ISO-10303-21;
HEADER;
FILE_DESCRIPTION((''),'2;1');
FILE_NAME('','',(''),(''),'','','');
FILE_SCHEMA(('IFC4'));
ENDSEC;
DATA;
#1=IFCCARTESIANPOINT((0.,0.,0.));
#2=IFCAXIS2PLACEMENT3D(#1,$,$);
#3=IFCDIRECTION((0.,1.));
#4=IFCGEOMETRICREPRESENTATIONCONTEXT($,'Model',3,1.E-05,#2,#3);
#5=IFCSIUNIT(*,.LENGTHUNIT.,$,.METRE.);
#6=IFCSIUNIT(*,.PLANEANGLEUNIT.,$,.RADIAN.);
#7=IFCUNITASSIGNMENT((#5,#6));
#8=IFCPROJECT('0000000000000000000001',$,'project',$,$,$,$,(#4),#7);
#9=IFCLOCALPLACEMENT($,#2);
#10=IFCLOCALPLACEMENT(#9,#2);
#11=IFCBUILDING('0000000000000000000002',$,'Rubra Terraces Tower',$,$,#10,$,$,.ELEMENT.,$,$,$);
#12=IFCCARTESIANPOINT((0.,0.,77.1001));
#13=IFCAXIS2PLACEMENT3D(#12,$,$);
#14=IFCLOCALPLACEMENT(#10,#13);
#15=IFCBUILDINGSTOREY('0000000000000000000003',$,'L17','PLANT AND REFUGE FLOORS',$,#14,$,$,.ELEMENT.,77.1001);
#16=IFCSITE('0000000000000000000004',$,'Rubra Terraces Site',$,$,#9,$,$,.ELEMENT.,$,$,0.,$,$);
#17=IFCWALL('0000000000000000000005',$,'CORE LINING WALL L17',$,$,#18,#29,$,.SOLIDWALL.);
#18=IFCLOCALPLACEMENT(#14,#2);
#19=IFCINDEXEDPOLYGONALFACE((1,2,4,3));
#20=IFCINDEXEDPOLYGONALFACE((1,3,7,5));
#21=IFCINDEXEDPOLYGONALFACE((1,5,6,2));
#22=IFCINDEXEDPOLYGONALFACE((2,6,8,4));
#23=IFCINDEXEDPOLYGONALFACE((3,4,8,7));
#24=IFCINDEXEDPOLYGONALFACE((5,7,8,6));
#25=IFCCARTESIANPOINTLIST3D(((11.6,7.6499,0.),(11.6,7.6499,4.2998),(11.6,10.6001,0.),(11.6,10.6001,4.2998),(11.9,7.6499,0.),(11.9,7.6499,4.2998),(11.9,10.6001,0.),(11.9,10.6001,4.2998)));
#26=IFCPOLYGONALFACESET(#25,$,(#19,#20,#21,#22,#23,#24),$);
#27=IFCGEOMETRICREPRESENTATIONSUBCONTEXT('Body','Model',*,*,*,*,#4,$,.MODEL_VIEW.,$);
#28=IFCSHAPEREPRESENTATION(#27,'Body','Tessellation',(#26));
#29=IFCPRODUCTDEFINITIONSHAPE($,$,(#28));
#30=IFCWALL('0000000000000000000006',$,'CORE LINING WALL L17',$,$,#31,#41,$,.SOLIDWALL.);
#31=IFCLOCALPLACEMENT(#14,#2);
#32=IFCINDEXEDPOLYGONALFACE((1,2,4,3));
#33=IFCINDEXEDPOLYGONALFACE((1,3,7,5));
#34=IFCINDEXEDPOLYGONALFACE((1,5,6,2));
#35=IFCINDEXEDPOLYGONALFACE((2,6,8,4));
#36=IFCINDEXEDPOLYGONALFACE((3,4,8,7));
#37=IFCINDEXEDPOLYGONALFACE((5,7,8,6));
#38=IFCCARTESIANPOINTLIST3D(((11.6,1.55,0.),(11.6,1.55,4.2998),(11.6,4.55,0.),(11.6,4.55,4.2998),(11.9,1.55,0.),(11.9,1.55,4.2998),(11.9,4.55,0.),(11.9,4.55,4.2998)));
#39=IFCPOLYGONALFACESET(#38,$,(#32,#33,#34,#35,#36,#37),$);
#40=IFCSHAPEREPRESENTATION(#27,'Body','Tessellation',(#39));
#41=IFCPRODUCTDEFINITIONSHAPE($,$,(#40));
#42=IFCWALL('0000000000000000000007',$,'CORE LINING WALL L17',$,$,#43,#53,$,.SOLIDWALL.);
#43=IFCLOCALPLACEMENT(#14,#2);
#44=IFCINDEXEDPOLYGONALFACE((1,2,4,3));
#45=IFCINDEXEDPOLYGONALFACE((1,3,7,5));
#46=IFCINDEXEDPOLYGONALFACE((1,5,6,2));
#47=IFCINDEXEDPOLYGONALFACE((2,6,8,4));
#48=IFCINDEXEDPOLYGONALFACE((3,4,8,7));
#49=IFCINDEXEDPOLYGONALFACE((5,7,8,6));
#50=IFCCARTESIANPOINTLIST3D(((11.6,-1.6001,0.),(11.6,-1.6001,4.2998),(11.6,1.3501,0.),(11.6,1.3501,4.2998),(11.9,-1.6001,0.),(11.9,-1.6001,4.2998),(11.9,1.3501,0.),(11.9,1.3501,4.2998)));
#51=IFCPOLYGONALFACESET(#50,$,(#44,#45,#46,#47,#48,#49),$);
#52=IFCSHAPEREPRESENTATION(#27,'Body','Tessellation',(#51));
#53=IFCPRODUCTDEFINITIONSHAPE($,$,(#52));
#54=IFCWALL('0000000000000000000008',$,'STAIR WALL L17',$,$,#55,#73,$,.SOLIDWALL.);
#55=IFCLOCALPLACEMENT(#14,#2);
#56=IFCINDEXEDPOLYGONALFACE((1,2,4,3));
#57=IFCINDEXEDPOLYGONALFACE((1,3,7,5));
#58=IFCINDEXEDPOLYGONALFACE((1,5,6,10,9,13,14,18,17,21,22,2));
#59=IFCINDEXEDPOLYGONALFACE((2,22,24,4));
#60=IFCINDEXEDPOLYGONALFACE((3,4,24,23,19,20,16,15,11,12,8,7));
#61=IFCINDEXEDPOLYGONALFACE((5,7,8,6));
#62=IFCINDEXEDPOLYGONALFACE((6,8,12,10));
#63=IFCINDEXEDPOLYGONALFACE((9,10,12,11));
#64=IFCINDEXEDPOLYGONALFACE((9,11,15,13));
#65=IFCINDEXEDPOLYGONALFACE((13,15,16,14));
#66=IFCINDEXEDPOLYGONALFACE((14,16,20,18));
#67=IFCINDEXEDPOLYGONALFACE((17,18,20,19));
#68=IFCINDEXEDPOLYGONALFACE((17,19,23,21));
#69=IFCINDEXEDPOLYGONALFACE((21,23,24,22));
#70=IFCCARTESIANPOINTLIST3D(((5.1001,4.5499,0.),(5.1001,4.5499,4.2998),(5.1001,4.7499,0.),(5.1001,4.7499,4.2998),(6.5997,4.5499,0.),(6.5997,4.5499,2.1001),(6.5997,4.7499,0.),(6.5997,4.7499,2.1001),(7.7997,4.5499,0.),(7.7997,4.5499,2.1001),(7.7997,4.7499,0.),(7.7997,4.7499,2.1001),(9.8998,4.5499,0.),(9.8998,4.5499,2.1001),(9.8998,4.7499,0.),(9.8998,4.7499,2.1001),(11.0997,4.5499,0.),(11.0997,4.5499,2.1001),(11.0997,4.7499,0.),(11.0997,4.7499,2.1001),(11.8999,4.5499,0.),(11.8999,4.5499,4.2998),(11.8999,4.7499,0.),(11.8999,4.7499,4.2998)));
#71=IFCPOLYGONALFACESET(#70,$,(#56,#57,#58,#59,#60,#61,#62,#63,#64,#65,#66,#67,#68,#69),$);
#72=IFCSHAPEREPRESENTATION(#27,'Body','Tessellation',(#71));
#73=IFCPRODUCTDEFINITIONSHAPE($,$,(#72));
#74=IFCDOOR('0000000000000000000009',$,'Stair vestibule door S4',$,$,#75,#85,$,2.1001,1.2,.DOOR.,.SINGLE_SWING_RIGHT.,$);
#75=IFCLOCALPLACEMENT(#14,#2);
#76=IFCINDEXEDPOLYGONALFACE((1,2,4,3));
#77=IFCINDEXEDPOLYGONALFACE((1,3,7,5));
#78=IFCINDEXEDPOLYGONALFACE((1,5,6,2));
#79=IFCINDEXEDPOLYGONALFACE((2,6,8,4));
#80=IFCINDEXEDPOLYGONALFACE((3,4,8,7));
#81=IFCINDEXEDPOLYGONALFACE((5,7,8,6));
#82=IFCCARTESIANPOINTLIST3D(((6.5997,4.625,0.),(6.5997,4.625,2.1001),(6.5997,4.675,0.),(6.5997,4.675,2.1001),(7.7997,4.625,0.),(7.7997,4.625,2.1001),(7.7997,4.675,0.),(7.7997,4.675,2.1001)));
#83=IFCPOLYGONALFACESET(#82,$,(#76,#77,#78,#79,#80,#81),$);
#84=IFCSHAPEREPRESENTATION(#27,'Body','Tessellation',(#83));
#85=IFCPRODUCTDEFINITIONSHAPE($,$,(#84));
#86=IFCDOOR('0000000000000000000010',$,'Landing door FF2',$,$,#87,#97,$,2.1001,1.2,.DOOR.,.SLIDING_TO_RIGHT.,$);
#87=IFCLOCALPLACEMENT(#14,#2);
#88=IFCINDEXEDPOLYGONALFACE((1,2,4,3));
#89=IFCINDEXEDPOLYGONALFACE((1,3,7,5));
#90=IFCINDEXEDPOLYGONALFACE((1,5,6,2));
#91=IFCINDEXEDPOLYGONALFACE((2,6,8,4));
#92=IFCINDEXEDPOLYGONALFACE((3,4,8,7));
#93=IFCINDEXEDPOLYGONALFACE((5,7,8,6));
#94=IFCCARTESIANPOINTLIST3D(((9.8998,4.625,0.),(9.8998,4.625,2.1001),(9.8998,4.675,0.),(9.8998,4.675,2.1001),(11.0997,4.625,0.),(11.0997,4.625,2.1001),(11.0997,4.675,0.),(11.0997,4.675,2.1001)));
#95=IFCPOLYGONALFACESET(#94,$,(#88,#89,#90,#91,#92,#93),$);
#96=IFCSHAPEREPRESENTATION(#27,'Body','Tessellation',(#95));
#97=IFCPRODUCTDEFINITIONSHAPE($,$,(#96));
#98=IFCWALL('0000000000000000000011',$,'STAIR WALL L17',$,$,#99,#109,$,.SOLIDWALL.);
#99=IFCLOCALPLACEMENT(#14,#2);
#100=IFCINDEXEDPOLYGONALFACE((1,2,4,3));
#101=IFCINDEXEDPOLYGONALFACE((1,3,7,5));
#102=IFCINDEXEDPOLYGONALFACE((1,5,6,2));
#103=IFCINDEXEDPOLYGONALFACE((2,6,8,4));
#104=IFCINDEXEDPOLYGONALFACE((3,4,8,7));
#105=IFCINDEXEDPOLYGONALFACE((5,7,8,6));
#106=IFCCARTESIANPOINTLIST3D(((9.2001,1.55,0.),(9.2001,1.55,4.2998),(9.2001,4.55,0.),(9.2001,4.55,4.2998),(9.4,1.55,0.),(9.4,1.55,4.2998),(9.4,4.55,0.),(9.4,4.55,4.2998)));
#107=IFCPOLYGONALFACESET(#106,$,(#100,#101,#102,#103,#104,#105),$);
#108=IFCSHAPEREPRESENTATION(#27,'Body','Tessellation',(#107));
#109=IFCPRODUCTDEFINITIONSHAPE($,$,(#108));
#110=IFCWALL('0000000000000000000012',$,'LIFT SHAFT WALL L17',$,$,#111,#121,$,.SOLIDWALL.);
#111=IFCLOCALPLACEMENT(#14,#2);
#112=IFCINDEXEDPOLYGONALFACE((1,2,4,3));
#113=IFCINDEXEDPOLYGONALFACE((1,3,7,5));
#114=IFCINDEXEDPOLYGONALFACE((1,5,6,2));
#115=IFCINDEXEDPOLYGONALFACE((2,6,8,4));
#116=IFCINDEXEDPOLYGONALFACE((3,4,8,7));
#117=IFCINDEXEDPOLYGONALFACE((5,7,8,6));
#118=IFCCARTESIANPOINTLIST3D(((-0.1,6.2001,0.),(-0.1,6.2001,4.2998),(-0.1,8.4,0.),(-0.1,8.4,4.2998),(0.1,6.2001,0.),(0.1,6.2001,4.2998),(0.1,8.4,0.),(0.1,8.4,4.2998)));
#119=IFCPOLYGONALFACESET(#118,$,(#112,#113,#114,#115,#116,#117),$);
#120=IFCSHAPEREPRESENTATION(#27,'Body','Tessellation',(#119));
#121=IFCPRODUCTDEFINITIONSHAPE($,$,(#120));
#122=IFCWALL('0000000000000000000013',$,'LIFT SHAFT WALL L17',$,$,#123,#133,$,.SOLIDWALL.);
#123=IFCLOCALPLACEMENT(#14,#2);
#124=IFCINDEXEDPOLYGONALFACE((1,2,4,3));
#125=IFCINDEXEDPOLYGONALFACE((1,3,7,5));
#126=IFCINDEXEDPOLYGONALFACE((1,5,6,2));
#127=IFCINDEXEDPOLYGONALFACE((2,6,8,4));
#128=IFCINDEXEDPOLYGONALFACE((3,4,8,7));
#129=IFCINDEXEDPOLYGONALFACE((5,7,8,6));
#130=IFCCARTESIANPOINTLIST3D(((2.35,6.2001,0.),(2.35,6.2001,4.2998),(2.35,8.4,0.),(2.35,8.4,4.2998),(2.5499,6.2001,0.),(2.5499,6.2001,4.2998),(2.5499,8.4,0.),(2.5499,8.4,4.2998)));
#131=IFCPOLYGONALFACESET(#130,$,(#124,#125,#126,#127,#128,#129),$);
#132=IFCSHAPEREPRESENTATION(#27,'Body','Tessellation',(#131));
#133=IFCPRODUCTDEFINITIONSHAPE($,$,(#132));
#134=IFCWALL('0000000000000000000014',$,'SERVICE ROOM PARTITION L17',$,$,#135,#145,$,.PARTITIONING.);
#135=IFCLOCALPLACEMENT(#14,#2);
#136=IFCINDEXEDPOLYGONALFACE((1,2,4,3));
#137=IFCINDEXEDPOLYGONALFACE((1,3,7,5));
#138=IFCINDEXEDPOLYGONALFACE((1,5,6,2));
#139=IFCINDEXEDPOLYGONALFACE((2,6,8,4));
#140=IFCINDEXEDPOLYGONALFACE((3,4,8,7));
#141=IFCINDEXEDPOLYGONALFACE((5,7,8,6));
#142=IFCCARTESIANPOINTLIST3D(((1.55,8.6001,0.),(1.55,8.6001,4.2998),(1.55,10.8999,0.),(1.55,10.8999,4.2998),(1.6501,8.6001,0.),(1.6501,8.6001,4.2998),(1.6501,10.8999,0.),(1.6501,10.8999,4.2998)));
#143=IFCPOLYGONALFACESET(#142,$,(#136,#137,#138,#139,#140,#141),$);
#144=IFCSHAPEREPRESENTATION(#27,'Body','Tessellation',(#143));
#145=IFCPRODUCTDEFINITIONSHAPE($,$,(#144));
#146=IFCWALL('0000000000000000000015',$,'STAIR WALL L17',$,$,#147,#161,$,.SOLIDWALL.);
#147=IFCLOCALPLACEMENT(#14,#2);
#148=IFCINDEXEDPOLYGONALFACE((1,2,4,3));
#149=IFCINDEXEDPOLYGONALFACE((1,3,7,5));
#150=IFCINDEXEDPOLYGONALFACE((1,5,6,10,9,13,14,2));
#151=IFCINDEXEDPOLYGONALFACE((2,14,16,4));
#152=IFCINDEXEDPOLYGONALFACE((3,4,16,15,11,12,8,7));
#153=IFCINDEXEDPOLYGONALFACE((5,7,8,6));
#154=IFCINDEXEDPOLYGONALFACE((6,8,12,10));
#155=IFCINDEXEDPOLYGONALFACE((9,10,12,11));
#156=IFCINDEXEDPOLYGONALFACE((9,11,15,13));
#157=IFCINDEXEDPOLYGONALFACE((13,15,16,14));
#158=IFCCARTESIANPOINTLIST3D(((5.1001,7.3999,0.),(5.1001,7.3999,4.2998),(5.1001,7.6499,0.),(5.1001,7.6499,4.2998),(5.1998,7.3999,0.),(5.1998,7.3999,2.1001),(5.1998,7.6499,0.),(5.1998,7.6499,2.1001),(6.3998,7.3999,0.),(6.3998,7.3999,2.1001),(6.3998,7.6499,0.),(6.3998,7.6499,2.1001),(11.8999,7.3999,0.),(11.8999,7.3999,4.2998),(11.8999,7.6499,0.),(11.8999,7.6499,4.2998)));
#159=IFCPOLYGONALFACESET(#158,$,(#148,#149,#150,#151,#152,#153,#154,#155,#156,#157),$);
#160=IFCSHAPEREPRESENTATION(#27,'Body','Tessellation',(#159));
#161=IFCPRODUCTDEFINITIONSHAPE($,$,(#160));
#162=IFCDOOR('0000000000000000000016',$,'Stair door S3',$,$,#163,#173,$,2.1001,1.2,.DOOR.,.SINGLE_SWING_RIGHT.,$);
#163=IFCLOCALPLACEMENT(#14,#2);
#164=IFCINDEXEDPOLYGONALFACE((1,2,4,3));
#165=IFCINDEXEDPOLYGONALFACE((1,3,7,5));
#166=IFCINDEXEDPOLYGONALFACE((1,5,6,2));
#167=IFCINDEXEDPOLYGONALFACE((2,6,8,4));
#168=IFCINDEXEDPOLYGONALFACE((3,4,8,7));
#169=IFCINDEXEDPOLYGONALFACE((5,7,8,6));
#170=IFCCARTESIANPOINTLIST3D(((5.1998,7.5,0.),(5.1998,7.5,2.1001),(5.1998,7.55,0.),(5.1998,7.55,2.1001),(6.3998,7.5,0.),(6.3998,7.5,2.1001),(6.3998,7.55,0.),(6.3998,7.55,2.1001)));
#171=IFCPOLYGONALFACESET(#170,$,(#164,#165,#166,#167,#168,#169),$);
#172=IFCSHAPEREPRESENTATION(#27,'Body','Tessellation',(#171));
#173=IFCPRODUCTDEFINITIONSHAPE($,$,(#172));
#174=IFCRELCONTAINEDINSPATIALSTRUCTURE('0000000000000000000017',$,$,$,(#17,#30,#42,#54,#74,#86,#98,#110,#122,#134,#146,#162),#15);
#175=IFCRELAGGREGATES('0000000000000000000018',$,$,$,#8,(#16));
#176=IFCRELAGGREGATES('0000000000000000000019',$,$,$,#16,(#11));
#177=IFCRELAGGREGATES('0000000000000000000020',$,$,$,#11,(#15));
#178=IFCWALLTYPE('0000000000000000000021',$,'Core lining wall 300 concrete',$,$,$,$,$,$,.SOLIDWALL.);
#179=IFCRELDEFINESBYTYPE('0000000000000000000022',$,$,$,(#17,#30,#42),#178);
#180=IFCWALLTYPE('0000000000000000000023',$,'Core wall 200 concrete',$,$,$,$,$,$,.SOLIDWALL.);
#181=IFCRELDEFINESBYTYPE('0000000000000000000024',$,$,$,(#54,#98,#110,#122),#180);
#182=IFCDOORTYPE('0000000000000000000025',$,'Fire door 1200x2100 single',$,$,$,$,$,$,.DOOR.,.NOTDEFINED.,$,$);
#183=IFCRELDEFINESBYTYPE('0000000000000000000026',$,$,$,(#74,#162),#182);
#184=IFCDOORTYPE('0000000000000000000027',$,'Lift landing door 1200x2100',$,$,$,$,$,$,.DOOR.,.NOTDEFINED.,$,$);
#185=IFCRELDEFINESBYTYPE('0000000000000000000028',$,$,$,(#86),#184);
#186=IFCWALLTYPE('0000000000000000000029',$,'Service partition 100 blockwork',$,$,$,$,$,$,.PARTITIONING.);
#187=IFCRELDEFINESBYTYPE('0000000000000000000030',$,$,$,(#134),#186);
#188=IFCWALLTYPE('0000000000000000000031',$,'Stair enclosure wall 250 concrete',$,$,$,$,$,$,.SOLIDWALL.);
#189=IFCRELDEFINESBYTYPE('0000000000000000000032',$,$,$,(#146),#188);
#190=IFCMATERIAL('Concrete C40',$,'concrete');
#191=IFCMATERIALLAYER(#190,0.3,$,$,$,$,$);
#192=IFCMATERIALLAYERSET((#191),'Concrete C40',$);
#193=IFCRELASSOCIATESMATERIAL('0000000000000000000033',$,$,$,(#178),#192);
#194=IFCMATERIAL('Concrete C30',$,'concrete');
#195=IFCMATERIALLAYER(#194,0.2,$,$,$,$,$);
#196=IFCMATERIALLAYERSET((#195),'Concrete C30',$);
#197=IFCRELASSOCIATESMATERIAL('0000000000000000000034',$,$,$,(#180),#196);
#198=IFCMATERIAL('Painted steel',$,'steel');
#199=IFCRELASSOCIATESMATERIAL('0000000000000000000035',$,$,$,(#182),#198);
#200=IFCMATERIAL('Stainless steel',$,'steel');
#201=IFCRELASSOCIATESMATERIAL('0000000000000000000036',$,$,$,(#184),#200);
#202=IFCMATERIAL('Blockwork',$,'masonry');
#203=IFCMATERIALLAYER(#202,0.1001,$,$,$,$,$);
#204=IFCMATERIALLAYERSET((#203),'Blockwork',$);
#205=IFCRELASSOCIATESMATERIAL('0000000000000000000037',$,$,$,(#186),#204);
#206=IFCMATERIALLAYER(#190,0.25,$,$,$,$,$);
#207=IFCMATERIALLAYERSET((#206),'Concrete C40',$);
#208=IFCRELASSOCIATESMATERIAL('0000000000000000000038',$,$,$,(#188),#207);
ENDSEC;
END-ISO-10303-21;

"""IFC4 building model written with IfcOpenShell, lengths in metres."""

from ifc_helpers import new_model, si_unit, direction, frame, frame_2d, origin, place, context, subcontext, project, spatial, rectangle, extrude, material, layer, layer_set, type_object, element, fill, save


model = new_model("IFC4")

# Units and contexts
model_context = context("Model", 3, precision=1e-05, world=origin(), true_north=direction((0.0, 1.0)))
body_context = subcontext(model_context, "Body", "Model", "MODEL_VIEW")
ifc_project = project(units=[si_unit("LENGTHUNIT", "METRE"), si_unit("PLANEANGLEUNIT", "RADIAN")], contexts=[model_context])

# Site, building, storey
site_placement = place(None, origin())
site = spatial("IfcSite", under=ifc_project, at=site_placement, Name="Rubra Terraces Site", CompositionType="ELEMENT", RefElevation=0.0)
building_placement = place(site_placement, origin())
building = spatial("IfcBuilding", under=site, at=building_placement, Name="Rubra Terraces Tower", CompositionType="ELEMENT")
storey_placement = place(building_placement, frame((0.0, 0.0, 77.1001)))
storey = spatial("IfcBuildingStorey", under=building, at=storey_placement, Name="L17", Description="PLANT AND REFUGE FLOORS", CompositionType="ELEMENT", Elevation=77.1001)

# Walls
ifc_material_1 = material(Name="Concrete C40", Category="concrete")
ifc_layer_1 = layer(ifc_material_1, 0.3)
ifc_layer_set_1 = layer_set([ifc_layer_1], Name="Concrete C40")
wall_type_1 = type_object("IfcWallType", Name="Core lining wall 300 concrete", PredefinedType="SOLIDWALL", material=ifc_layer_set_1)
wall_1_placement = place(storey_placement, frame((11.75, 10.6001, 0.0), z_axis=(0.0, 0.0, 1.0), x_axis=(0.0, -1.0, 0.0)))
element("IfcWall", 1, at=wall_1_placement, inside=storey, type_object=wall_type_1, Name="CORE LINING WALL L17", PredefinedType="SOLIDWALL", context=body_context, shape_type="SweptSolid", body=[
    extrude(rectangle(XDim=2.9502, YDim=0.3, at=frame_2d((1.4751, 0.0))), origin(), (0.0, 0.0, 1.0), 4.2998),
])
wall_2_placement = place(storey_placement, frame((11.75, 4.55, 0.0), z_axis=(0.0, 0.0, 1.0), x_axis=(0.0, -1.0, 0.0)))
element("IfcWall", 2, at=wall_2_placement, inside=storey, type_object=wall_type_1, Name="CORE LINING WALL L17", PredefinedType="SOLIDWALL", context=body_context, shape_type="SweptSolid", body=[
    extrude(rectangle(XDim=3.0, YDim=0.3, at=frame_2d((1.5, 0.0))), origin(), (0.0, 0.0, 1.0), 4.2998),
])
wall_3_placement = place(storey_placement, frame((11.75, 1.3501, 0.0), z_axis=(0.0, 0.0, 1.0), x_axis=(0.0, -1.0, 0.0)))
element("IfcWall", 3, at=wall_3_placement, inside=storey, type_object=wall_type_1, Name="CORE LINING WALL L17", PredefinedType="SOLIDWALL", context=body_context, shape_type="SweptSolid", body=[
    extrude(rectangle(XDim=2.9502, YDim=0.3, at=frame_2d((1.4751, 0.0))), origin(), (0.0, 0.0, 1.0), 4.2998),
])

# Wall, openings, doors
ifc_material_2 = material(Name="Concrete C30", Category="concrete")
ifc_layer_2 = layer(ifc_material_2, 0.2)
ifc_layer_set_2 = layer_set([ifc_layer_2], Name="Concrete C30")
wall_type_2 = type_object("IfcWallType", Name="Core wall 200 concrete", PredefinedType="SOLIDWALL", material=ifc_layer_set_2)
wall_4_placement = place(storey_placement, frame((11.8999, 4.6499, 0.0), z_axis=(0.0, 0.0, 1.0), x_axis=(-1.0, 0.0, 0.0)))
wall_4 = element("IfcWall", 4, at=wall_4_placement, inside=storey, type_object=wall_type_2, Name="STAIR WALL L17", PredefinedType="SOLIDWALL", context=body_context, shape_type="SweptSolid", body=[
    extrude(rectangle(XDim=6.7998, YDim=0.2, at=frame_2d((3.3999, 0.0))), origin(), (0.0, 0.0, 1.0), 4.2998),
])
opening_1_placement = place(wall_4_placement, frame((4.1001, 0.0, 0.0)))
opening_1 = element("IfcOpeningElement", 5, at=opening_1_placement, cuts=wall_4, PredefinedType="OPENING", context=body_context, shape_type="SweptSolid", body=[
    extrude(rectangle(XDim=1.2, YDim=2.1001, at=frame_2d((0.6001, 1.05))), frame((0.0, 0.1099, 0.0), z_axis=(0.0, -1.0, 0.0), x_axis=(1.0, 0.0, 0.0)), (0.0, 0.0, 1.0), 0.22),
])
opening_2_placement = place(wall_4_placement, frame((0.8, 0.0, 0.0)))
opening_2 = element("IfcOpeningElement", 6, at=opening_2_placement, cuts=wall_4, PredefinedType="OPENING", context=body_context, shape_type="SweptSolid", body=[
    extrude(rectangle(XDim=1.2, YDim=2.1001, at=frame_2d((0.6001, 1.05))), frame((0.0, 0.1099, 0.0), z_axis=(0.0, -1.0, 0.0), x_axis=(1.0, 0.0, 0.0)), (0.0, 0.0, 1.0), 0.22),
])
ifc_material_3 = material(Name="Painted steel", Category="steel")
door_type_1 = type_object("IfcDoorType", Name="Fire door 1200x2100 single", OperationType="NOTDEFINED", PredefinedType="DOOR", material=ifc_material_3)
door_1_placement = place(opening_1_placement, origin())
door_1 = element("IfcDoor", 7, at=door_1_placement, inside=storey, type_object=door_type_1, Name="Stair vestibule door S4", OperationType="SINGLE_SWING_RIGHT", OverallHeight=2.1001, OverallWidth=1.2, PredefinedType="DOOR", context=body_context, shape_type="SweptSolid", body=[
    extrude(rectangle(XDim=1.2, YDim=2.1001, at=frame_2d((0.6001, 1.05))), frame((0.0, 0.0249, 0.0), z_axis=(0.0, -1.0, 0.0), x_axis=(1.0, 0.0, 0.0)), (0.0, 0.0, 1.0), 0.05),
])
fill(opening_1, door_1)
ifc_material_4 = material(Name="Stainless steel", Category="steel")
door_type_2 = type_object("IfcDoorType", Name="Lift landing door 1200x2100", OperationType="NOTDEFINED", PredefinedType="DOOR", material=ifc_material_4)
door_2_placement = place(opening_2_placement, origin())
door_2 = element("IfcDoor", 8, at=door_2_placement, inside=storey, type_object=door_type_2, Name="Landing door FF2", OperationType="SLIDING_TO_RIGHT", OverallHeight=2.1001, OverallWidth=1.2, PredefinedType="DOOR", context=body_context, shape_type="SweptSolid", body=[
    extrude(rectangle(XDim=1.2, YDim=2.1001, at=frame_2d((0.6001, 1.05))), frame((0.0, 0.0249, 0.0), z_axis=(0.0, -1.0, 0.0), x_axis=(1.0, 0.0, 0.0)), (0.0, 0.0, 1.0), 0.05),
])
fill(opening_2, door_2)

# Walls
wall_5_placement = place(storey_placement, frame((9.3, 4.55, 0.0), z_axis=(0.0, 0.0, 1.0), x_axis=(0.0, -1.0, 0.0)))
element("IfcWall", 9, at=wall_5_placement, inside=storey, type_object=wall_type_2, Name="STAIR WALL L17", PredefinedType="SOLIDWALL", context=body_context, shape_type="SweptSolid", body=[
    extrude(rectangle(XDim=3.0, YDim=0.2, at=frame_2d((1.5, 0.0))), origin(), (0.0, 0.0, 1.0), 4.2998),
])
for number, where, z_axis, x_axis, name in (
    (10, (0.0, 6.2, 0.0), (0.0, 0.0, 1.0), (0.0, 1.0, 0.0), "LIFT SHAFT WALL L17"),
    (11, (2.45, 6.2, 0.0), (0.0, 0.0, 1.0), (0.0, 1.0, 0.0), "LIFT SHAFT WALL L17"),
):
    element("IfcWall", number, at=place(storey_placement, frame(where, z_axis=z_axis, x_axis=x_axis)), inside=storey, type_object=wall_type_2, Name=name, PredefinedType="SOLIDWALL", context=body_context, shape_type="SweptSolid", body=[
        extrude(rectangle(XDim=2.2, YDim=0.2, at=frame_2d((1.1001, 0.0))), origin(), (0.0, 0.0, 1.0), 4.2998),
    ])
ifc_material_5 = material(Name="Blockwork", Category="masonry")
ifc_layer_3 = layer(ifc_material_5, 0.1001)
ifc_layer_set_3 = layer_set([ifc_layer_3], Name="Blockwork")
wall_type_3 = type_object("IfcWallType", Name="Service partition 100 blockwork", PredefinedType="PARTITIONING", material=ifc_layer_set_3)
wall_6_placement = place(storey_placement, frame((1.6001, 8.6001, 0.0), z_axis=(0.0, 0.0, 1.0), x_axis=(0.0, 1.0, 0.0)))
element("IfcWall", 12, at=wall_6_placement, inside=storey, type_object=wall_type_3, Name="SERVICE ROOM PARTITION L17", PredefinedType="PARTITIONING", context=body_context, shape_type="SweptSolid", body=[
    extrude(rectangle(XDim=2.2998, YDim=0.1001, at=frame_2d((1.1499, 0.0))), origin(), (0.0, 0.0, 1.0), 4.2998),
])

# Wall, opening, door
ifc_layer_4 = layer(ifc_material_1, 0.25)
ifc_layer_set_4 = layer_set([ifc_layer_4], Name="Concrete C40")
wall_type_4 = type_object("IfcWallType", Name="Stair enclosure wall 250 concrete", PredefinedType="SOLIDWALL", material=ifc_layer_set_4)
wall_7_placement = place(storey_placement, frame((11.8999, 7.5249, 0.0), z_axis=(0.0, 0.0, 1.0), x_axis=(-1.0, 0.0, 0.0)))
wall_7 = element("IfcWall", 13, at=wall_7_placement, inside=storey, type_object=wall_type_4, Name="STAIR WALL L17", PredefinedType="SOLIDWALL", context=body_context, shape_type="SweptSolid", body=[
    extrude(rectangle(XDim=6.7998, YDim=0.25, at=frame_2d((3.3999, 0.0))), origin(), (0.0, 0.0, 1.0), 4.2998),
])
opening_3_placement = place(wall_7_placement, frame((5.5, 0.0, 0.0)))
opening_3 = element("IfcOpeningElement", 14, at=opening_3_placement, cuts=wall_7, PredefinedType="OPENING", context=body_context, shape_type="SweptSolid", body=[
    extrude(rectangle(XDim=1.2, YDim=2.1001, at=frame_2d((0.6001, 1.05))), frame((0.0, 0.135, 0.0), z_axis=(0.0, -1.0, 0.0), x_axis=(1.0, 0.0, 0.0)), (0.0, 0.0, 1.0), 0.27),
])
door_3_placement = place(opening_3_placement, origin())
door_3 = element("IfcDoor", 15, at=door_3_placement, inside=storey, type_object=door_type_1, Name="Stair door S3", OperationType="SINGLE_SWING_RIGHT", OverallHeight=2.1001, OverallWidth=1.2, PredefinedType="DOOR", context=body_context, shape_type="SweptSolid", body=[
    extrude(rectangle(XDim=1.2, YDim=2.1001, at=frame_2d((0.6001, 1.05))), frame((0.0, 0.0249, 0.0), z_axis=(0.0, -1.0, 0.0), x_axis=(1.0, 0.0, 0.0)), (0.0, 0.0, 1.0), 0.05),
])
fill(opening_3, door_3)

save(model, "model.ifc")
